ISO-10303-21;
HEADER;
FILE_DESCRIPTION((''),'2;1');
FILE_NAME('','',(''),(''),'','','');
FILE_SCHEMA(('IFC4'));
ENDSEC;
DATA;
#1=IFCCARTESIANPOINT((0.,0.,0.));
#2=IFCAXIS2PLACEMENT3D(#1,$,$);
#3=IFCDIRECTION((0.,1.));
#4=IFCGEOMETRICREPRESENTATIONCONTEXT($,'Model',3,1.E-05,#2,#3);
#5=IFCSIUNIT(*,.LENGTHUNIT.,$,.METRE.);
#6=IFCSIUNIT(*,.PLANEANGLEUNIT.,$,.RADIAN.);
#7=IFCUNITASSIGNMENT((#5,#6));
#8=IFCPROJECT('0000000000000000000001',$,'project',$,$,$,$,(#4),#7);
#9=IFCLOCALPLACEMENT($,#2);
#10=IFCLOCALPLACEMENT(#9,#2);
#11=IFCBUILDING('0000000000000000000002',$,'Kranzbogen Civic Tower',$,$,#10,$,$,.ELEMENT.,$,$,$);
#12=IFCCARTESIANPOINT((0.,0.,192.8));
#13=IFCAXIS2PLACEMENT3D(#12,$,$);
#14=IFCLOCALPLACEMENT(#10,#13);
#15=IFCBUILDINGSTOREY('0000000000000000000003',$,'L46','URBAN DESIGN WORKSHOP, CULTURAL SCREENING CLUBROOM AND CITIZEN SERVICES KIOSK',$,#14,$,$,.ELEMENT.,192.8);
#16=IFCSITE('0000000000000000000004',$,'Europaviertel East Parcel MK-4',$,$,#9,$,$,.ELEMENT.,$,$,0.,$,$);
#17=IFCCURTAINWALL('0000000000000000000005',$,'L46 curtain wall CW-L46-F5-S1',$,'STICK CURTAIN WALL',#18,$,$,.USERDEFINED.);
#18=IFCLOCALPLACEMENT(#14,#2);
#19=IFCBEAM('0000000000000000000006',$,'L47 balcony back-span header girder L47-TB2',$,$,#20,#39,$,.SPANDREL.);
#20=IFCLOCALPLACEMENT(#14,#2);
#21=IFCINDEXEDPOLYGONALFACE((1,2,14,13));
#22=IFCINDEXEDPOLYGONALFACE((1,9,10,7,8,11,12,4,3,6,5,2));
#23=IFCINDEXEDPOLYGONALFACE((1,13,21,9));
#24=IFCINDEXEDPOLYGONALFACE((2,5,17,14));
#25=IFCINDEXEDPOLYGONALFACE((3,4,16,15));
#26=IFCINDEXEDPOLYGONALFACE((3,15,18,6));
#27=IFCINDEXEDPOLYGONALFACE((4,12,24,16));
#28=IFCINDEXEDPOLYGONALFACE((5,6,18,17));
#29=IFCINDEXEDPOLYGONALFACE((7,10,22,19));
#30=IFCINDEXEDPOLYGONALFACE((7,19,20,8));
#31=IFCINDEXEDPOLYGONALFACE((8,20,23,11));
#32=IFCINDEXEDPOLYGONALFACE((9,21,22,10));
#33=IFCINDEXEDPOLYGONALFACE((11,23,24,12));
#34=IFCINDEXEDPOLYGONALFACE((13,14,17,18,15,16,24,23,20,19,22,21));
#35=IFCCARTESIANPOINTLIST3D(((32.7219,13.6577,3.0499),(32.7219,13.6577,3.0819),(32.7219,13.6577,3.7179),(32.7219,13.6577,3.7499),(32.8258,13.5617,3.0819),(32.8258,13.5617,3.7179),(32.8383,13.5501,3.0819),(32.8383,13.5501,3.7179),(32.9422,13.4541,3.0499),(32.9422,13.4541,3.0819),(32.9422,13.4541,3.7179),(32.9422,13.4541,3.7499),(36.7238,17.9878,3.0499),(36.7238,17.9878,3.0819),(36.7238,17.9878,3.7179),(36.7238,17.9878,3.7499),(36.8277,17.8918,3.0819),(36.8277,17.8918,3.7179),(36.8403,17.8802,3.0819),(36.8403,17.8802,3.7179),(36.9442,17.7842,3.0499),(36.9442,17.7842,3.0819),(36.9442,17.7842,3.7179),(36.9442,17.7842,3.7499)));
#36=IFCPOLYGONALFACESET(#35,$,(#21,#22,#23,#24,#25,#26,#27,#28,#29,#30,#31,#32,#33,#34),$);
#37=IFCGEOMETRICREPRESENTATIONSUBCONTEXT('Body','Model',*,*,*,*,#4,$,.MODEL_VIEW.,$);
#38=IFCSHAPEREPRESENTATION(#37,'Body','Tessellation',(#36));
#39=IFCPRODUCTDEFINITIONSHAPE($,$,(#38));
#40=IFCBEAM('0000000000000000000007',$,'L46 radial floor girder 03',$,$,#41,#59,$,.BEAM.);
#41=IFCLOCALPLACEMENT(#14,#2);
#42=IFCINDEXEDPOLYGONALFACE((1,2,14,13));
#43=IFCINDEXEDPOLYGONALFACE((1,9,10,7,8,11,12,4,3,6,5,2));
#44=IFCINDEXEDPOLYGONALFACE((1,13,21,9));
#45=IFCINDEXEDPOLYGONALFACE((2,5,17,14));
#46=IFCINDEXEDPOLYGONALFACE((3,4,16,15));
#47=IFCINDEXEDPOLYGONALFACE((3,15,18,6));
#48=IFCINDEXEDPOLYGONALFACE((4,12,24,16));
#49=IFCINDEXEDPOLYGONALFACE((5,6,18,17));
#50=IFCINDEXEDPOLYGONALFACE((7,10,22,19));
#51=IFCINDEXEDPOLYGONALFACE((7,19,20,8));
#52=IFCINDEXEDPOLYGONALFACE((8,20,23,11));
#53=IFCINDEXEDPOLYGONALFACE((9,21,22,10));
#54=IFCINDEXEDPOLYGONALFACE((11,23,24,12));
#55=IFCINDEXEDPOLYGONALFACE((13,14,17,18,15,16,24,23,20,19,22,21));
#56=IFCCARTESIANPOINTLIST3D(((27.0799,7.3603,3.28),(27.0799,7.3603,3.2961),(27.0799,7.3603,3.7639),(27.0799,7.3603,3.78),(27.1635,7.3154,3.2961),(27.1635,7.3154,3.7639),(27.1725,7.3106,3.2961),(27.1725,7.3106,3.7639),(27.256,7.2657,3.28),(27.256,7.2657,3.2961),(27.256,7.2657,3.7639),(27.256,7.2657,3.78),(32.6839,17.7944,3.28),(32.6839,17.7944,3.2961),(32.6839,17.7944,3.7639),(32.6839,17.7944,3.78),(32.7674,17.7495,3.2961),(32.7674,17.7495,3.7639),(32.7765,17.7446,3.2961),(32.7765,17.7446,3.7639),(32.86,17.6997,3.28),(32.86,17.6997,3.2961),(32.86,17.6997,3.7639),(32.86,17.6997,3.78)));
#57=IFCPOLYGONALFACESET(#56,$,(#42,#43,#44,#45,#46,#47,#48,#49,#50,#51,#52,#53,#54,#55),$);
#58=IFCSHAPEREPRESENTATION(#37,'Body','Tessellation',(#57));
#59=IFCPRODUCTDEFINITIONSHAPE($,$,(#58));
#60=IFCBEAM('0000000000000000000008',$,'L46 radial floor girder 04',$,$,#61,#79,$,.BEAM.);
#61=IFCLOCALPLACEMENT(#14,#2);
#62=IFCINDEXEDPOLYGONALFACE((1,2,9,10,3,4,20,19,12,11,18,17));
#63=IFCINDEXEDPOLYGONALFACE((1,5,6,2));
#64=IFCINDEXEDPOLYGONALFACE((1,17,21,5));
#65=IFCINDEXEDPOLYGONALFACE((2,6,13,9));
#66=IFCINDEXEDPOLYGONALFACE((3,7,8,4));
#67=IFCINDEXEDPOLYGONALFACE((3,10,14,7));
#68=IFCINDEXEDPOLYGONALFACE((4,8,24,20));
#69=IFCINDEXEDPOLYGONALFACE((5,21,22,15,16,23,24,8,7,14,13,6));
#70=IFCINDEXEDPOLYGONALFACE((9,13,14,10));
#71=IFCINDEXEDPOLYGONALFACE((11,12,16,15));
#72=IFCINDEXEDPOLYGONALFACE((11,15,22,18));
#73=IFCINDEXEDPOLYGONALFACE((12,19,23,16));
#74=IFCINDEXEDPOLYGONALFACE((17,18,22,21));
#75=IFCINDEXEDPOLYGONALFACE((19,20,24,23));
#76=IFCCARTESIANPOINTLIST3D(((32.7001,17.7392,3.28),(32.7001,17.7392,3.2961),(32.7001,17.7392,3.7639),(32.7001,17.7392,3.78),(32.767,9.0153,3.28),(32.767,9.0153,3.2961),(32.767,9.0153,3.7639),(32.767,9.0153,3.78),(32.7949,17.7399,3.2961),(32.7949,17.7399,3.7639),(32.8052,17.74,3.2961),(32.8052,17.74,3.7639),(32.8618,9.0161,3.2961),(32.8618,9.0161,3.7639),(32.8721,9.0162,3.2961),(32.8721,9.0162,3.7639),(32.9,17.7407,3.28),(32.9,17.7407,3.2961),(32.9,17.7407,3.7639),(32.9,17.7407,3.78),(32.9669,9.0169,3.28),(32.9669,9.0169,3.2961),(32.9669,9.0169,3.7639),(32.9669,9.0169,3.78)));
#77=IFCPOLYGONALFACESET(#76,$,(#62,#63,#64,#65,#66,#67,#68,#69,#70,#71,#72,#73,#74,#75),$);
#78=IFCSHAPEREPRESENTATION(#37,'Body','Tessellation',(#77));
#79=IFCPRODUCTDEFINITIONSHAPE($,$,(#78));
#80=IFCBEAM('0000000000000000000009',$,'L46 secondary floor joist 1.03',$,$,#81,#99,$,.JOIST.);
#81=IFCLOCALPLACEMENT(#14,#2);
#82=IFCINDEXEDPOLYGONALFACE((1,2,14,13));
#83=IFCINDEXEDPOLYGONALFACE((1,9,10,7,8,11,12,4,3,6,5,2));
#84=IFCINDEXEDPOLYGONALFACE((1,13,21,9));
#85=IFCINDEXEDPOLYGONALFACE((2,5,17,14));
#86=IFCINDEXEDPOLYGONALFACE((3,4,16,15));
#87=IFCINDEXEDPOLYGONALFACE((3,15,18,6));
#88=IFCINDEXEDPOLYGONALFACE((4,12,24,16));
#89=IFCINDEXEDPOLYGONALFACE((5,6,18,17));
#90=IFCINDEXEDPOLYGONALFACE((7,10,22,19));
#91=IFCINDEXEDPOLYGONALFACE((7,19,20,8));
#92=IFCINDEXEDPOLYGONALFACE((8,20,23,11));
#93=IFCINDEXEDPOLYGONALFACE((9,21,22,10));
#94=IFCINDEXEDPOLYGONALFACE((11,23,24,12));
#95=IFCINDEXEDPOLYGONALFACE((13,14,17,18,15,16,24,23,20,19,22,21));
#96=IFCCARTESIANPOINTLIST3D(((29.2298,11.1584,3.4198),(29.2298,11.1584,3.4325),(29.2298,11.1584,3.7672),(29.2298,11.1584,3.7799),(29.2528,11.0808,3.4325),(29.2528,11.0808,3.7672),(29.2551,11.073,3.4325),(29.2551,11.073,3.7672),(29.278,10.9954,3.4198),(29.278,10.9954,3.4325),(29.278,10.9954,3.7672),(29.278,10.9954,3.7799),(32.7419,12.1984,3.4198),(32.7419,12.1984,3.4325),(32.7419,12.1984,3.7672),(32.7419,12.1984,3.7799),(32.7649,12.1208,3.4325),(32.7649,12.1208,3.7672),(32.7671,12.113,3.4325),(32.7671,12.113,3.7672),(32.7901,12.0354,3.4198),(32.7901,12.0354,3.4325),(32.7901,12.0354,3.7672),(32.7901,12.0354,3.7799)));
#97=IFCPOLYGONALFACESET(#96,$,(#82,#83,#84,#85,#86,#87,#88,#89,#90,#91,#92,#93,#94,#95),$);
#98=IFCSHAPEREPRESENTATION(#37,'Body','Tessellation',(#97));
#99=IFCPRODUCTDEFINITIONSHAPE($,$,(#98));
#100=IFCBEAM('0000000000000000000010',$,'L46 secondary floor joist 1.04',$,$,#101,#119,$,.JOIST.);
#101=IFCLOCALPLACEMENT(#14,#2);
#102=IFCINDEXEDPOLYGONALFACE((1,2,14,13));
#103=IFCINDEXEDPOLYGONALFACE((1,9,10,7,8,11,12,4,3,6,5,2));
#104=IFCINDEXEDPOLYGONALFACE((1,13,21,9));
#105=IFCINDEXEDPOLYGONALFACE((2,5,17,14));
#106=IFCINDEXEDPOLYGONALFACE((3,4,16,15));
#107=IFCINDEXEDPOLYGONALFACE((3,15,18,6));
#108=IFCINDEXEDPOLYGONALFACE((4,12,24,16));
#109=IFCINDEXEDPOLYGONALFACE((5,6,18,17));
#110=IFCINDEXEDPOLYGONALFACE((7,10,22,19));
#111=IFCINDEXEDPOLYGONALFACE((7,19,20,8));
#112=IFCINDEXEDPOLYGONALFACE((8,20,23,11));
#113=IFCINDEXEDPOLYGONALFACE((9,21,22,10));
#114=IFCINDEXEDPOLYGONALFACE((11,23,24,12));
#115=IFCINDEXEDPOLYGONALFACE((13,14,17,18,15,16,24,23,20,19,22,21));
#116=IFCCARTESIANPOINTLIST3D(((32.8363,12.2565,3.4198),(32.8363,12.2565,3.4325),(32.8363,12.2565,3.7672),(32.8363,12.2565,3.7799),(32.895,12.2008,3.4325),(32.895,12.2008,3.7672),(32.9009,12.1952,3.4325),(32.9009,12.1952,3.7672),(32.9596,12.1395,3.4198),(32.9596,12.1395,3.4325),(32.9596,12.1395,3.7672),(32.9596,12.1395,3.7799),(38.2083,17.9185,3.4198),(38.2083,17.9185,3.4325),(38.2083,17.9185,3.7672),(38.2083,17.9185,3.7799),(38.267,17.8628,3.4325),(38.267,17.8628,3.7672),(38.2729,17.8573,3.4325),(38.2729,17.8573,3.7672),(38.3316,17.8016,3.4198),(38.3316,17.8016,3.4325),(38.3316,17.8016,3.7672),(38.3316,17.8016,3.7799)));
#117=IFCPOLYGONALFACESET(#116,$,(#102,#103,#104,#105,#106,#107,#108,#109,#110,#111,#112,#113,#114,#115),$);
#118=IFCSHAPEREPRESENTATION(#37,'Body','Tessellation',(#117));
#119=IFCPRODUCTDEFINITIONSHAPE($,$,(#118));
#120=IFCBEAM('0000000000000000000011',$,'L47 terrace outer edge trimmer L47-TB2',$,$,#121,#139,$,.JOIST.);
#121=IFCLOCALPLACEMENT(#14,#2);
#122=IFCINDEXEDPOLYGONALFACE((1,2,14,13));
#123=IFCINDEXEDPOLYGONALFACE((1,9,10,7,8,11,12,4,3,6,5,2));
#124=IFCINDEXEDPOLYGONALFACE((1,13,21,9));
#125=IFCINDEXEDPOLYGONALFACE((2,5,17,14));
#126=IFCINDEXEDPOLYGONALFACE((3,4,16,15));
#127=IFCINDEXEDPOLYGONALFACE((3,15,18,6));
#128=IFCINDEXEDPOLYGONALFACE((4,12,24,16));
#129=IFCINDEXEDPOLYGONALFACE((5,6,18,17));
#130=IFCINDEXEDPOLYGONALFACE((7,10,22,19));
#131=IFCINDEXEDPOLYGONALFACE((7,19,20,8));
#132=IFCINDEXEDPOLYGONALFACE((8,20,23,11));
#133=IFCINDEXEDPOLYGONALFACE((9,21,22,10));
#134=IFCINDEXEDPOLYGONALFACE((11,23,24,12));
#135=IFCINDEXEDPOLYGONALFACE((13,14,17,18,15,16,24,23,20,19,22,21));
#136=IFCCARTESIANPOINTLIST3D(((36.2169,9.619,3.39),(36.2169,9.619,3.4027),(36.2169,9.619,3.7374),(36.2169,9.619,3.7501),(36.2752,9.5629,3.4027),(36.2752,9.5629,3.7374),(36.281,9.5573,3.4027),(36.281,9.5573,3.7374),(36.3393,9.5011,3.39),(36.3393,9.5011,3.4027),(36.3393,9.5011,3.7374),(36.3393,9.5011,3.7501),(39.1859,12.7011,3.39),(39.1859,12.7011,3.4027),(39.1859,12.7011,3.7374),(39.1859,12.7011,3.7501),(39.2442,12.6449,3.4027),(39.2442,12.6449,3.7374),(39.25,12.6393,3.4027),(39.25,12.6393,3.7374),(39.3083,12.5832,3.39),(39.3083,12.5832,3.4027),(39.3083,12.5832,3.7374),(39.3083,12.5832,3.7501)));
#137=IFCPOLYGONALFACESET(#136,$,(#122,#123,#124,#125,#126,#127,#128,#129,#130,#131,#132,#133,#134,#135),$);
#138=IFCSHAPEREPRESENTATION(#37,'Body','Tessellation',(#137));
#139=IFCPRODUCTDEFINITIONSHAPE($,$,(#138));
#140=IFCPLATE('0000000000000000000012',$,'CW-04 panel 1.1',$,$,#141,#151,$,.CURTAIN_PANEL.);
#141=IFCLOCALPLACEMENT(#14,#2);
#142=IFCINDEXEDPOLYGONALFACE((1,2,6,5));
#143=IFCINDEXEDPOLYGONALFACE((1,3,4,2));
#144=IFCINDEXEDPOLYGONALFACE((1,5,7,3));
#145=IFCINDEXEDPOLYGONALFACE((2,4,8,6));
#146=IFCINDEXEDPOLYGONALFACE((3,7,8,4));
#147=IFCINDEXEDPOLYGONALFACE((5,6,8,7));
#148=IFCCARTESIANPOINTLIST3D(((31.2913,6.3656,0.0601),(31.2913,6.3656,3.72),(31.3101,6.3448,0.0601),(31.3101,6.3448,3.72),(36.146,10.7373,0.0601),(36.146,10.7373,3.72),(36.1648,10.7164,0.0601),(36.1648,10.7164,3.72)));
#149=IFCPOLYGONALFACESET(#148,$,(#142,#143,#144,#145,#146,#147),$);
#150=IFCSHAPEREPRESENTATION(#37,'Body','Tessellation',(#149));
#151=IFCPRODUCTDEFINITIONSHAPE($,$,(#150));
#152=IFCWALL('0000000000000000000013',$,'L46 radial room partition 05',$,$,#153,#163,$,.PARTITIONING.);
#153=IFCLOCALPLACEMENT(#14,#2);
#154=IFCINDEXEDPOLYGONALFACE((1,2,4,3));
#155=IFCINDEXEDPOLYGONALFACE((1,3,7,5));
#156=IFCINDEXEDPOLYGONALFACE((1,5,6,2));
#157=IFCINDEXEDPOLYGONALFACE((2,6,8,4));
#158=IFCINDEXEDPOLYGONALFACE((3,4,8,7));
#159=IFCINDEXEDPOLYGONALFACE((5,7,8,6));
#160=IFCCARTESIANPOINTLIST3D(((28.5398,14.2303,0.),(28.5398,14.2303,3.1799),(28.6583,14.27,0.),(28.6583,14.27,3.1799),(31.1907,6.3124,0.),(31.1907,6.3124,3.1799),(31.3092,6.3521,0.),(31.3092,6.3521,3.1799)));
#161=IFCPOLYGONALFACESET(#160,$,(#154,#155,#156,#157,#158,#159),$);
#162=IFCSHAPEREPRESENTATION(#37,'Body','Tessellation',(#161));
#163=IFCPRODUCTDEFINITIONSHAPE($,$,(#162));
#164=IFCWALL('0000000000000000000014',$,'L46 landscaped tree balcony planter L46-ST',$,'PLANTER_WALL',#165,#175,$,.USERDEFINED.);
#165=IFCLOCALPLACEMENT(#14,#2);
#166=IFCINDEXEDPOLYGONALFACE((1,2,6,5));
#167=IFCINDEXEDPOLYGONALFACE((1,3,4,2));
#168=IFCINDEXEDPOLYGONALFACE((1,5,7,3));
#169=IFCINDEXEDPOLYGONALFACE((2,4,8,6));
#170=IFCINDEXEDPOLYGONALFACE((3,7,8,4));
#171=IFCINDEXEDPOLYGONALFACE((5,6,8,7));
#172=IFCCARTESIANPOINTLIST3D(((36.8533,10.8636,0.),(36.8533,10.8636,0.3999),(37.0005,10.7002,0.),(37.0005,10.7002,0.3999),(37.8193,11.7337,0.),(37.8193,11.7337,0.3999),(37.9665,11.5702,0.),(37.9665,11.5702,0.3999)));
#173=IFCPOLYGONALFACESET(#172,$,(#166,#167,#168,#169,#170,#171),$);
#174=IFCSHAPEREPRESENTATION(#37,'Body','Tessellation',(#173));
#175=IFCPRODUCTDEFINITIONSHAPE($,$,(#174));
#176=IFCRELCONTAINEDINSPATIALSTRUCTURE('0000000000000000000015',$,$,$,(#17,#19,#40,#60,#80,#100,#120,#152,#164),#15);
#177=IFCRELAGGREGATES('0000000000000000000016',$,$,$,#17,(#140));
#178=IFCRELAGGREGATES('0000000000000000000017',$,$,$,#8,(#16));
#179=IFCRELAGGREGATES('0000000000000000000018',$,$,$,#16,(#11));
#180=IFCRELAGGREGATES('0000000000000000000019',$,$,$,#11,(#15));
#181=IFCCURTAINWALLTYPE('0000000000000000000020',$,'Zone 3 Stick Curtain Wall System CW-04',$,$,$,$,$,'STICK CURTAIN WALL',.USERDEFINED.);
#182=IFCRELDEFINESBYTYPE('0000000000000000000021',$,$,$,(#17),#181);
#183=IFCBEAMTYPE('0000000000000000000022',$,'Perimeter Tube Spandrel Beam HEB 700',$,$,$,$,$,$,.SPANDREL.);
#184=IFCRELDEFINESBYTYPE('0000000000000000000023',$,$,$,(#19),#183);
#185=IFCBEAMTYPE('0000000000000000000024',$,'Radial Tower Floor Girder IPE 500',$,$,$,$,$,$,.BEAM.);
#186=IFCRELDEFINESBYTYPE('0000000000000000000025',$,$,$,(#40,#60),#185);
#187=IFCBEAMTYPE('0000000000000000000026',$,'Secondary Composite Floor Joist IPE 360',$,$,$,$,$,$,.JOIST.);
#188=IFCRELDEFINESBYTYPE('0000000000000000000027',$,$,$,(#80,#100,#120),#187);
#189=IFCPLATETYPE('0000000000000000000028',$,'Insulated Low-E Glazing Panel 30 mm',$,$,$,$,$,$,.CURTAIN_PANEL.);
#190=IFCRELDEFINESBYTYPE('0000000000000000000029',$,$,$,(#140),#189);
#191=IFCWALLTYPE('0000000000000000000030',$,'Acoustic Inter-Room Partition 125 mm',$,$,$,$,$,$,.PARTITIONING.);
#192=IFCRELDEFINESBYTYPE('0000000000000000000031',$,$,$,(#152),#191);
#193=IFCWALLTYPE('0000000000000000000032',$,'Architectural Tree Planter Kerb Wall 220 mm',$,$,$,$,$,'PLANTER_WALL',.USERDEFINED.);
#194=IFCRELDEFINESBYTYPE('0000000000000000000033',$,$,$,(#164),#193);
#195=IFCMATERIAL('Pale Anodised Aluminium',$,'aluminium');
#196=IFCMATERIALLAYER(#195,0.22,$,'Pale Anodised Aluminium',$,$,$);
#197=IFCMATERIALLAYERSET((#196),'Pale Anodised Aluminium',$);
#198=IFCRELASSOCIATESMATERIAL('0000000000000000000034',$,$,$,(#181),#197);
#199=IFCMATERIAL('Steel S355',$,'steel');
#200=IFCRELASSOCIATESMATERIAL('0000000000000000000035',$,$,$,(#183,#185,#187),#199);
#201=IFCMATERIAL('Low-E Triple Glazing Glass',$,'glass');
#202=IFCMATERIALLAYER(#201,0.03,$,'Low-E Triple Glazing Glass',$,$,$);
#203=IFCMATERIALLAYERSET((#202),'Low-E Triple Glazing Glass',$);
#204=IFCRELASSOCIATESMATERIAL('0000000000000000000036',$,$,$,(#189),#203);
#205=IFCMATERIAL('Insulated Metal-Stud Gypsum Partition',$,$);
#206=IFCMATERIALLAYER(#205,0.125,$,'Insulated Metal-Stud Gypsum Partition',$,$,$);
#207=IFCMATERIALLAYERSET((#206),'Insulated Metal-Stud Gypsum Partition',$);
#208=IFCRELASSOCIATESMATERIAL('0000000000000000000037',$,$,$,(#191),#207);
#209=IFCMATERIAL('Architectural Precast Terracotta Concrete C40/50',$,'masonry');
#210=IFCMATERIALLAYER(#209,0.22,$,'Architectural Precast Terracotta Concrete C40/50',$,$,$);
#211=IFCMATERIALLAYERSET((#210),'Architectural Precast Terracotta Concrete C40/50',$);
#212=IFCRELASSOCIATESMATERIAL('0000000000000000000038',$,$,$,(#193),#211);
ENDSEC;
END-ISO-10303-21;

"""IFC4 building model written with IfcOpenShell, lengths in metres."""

from ifc_helpers import new_model, si_unit, direction, frame, frame_2d, origin, origin_2d, place, context, subcontext, project, spatial, rectangle, i_section, extrude, material, layer, layer_set, material_profile, profile_set, type_object, element, aggregate, save


model = new_model("IFC4")

# Units and contexts
model_context = context("Model", 3, precision=1e-05, world=origin(), true_north=direction((0.0, 1.0)))
body_context = subcontext(model_context, "Body", "Model", "MODEL_VIEW")
ifc_project = project(units=[si_unit("LENGTHUNIT", "METRE"), si_unit("PLANEANGLEUNIT", "RADIAN")], contexts=[model_context])

# Site, building, storey
site_placement = place(None, origin())
site = spatial("IfcSite", under=ifc_project, at=site_placement, Name="Europaviertel East Parcel MK-4", CompositionType="ELEMENT", RefElevation=0.0)
building_placement = place(site_placement, origin())
building = spatial("IfcBuilding", under=site, at=building_placement, Name="Kranzbogen Civic Tower", CompositionType="ELEMENT")
storey_placement = place(building_placement, frame((0.0, 0.0, 192.8)))
storey = spatial("IfcBuildingStorey", under=building, at=storey_placement, Name="L46", Description="URBAN DESIGN WORKSHOP, CULTURAL SCREENING CLUBROOM AND CITIZEN SERVICES KIOSK", CompositionType="ELEMENT", Elevation=192.8)

# Shared definitions
ifc_material_1 = material(Name="Steel S355", Category="steel")

# Curtain wall
ifc_material_2 = material(Name="Pale Anodised Aluminium", Category="aluminium")
ifc_layer_1 = layer(ifc_material_2, 0.22, Name="Pale Anodised Aluminium")
ifc_layer_set_1 = layer_set([ifc_layer_1], Name="Pale Anodised Aluminium")
curtain_wall_type = type_object("IfcCurtainWallType", Name="Zone 3 Stick Curtain Wall System CW-04", ElementType="STICK CURTAIN WALL", PredefinedType="USERDEFINED", material=ifc_layer_set_1)
curtain_wall_1_placement = place(storey_placement, origin())
curtain_wall_1 = element("IfcCurtainWall", 1, at=curtain_wall_1_placement, inside=storey, type_object=curtain_wall_type, Name="L46 curtain wall CW-L46-F5-S1", ObjectType="STICK CURTAIN WALL", PredefinedType="USERDEFINED")

# Beams
ifc_material_profile_1 = material_profile(ifc_material_1, i_section(OverallWidth=0.3, OverallDepth=0.7, WebThickness=0.0171, FlangeThickness=0.032, at=origin_2d()), Name="HEB 700")
ifc_profile_set_1 = profile_set([ifc_material_profile_1], Name="Steel S355")
beam_type_1 = type_object("IfcBeamType", Name="Perimeter Tube Spandrel Beam HEB 700", PredefinedType="SPANDREL", material=ifc_profile_set_1)
beam_1_placement = place(storey_placement, frame((32.832, 13.5559, 3.3999), z_axis=(0.678734, 0.734384, 0.0), x_axis=(-0.734384, 0.678734, 0.0)))
element("IfcBeam", 2, at=beam_1_placement, inside=storey, type_object=beam_type_1, Name="L47 balcony back-span header girder L47-TB2", PredefinedType="SPANDREL", context=body_context, shape_type="SweptSolid", body=[
    extrude(i_section(OverallWidth=0.3, OverallDepth=0.7, WebThickness=0.0171, FlangeThickness=0.032, at=origin_2d()), origin(), (0.0, 0.0, 1.0), 5.8962),
])
ifc_material_profile_2 = material_profile(ifc_material_1, i_section(OverallWidth=0.2, OverallDepth=0.5, WebThickness=0.0103, FlangeThickness=0.0161, at=origin_2d()), Name="IPE 500")
ifc_profile_set_2 = profile_set([ifc_material_profile_2], Name="Steel S355")
beam_type_2 = type_object("IfcBeamType", Name="Radial Tower Floor Girder IPE 500", PredefinedType="BEAM", material=ifc_profile_set_2)
beam_2_placement = place(storey_placement, frame((27.168, 7.313, 3.53), z_axis=(0.47316, 0.880976, 0.0), x_axis=(-0.880976, 0.47316, 0.0)))
element("IfcBeam", 3, at=beam_2_placement, inside=storey, type_object=beam_type_2, Name="L46 radial floor girder 03", PredefinedType="BEAM", context=body_context, shape_type="SweptSolid", body=[
    extrude(i_section(OverallWidth=0.2, OverallDepth=0.5, WebThickness=0.0103, FlangeThickness=0.0161, at=origin_2d()), origin(), (0.0, 0.0, 1.0), 11.8438),
])
beam_3_placement = place(storey_placement, frame((32.8669, 9.0161, 3.53), z_axis=(-0.007668, 0.999971, 0.0), x_axis=(-0.999971, -0.007668, 0.0)))
element("IfcBeam", 4, at=beam_3_placement, inside=storey, type_object=beam_type_2, Name="L46 radial floor girder 04", PredefinedType="BEAM", context=body_context, shape_type="SweptSolid", body=[
    extrude(i_section(OverallWidth=0.2, OverallDepth=0.5, WebThickness=0.0103, FlangeThickness=0.0161, at=origin_2d()), origin(), (0.0, 0.0, 1.0), 8.7241),
])
ifc_material_profile_3 = material_profile(ifc_material_1, i_section(OverallWidth=0.1699, OverallDepth=0.3601, WebThickness=0.0081, FlangeThickness=0.0127, at=origin_2d()), Name="IPE 360")
ifc_profile_set_3 = profile_set([ifc_material_profile_3], Name="Steel S355")
beam_type_3 = type_object("IfcBeamType", Name="Secondary Composite Floor Joist IPE 360", PredefinedType="JOIST", material=ifc_profile_set_3)
beam_4_placement = place(storey_placement, frame((29.2539, 11.0769, 3.5999), z_axis=(0.958844, 0.283934, 0.0), x_axis=(-0.283934, 0.958844, 0.0)))
element("IfcBeam", 5, at=beam_4_placement, inside=storey, type_object=beam_type_3, Name="L46 secondary floor joist 1.03", PredefinedType="JOIST", context=body_context, shape_type="SweptSolid", body=[
    extrude(i_section(OverallWidth=0.1699, OverallDepth=0.3601, WebThickness=0.0081, FlangeThickness=0.0127, at=origin_2d()), origin(), (0.0, 0.0, 1.0), 3.6628),
])
beam_5_placement = place(storey_placement, frame((32.8979, 12.198, 3.5999), z_axis=(0.688282, 0.725443, 0.0), x_axis=(-0.725443, 0.688282, 0.0)))
element("IfcBeam", 6, at=beam_5_placement, inside=storey, type_object=beam_type_3, Name="L46 secondary floor joist 1.04", PredefinedType="JOIST", context=body_context, shape_type="SweptSolid", body=[
    extrude(i_section(OverallWidth=0.1699, OverallDepth=0.3601, WebThickness=0.0081, FlangeThickness=0.0127, at=origin_2d()), origin(), (0.0, 0.0, 1.0), 7.8049),
])
beam_6_placement = place(storey_placement, frame((36.2781, 9.5601, 3.5701), z_axis=(0.693777, 0.72019, 0.0), x_axis=(-0.72019, 0.693777, 0.0)))
element("IfcBeam", 7, at=beam_6_placement, inside=storey, type_object=beam_type_3, Name="L47 terrace outer edge trimmer L47-TB2", PredefinedType="JOIST", context=body_context, shape_type="SweptSolid", body=[
    extrude(i_section(OverallWidth=0.1699, OverallDepth=0.3601, WebThickness=0.0081, FlangeThickness=0.0127, at=origin_2d()), origin(), (0.0, 0.0, 1.0), 4.2795),
])

# Plate
ifc_material_3 = material(Name="Low-E Triple Glazing Glass", Category="glass")
ifc_layer_2 = layer(ifc_material_3, 0.03, Name="Low-E Triple Glazing Glass")
ifc_layer_set_2 = layer_set([ifc_layer_2], Name="Low-E Triple Glazing Glass")
plate_type = type_object("IfcPlateType", Name="Insulated Low-E Glazing Panel 30 mm", PredefinedType="CURTAIN_PANEL", material=ifc_layer_set_2)
plate_placement = place(storey_placement, frame((33.728, 8.541, 0.0601), z_axis=(0.0, 0.0, 1.0), x_axis=(0.743115, 0.669164, 0.0)))
plate = element("IfcPlate", 8, at=plate_placement, type_object=plate_type, Name="CW-04 panel 1.1", PredefinedType="CURTAIN_PANEL", context=body_context, shape_type="SweptSolid", body=[
    extrude(rectangle(XDim=6.533, YDim=0.0281, at=origin_2d()), origin(), (0.0, 0.0, 1.0), 3.6599),
])
aggregate(curtain_wall_1, [plate])

# Walls
ifc_material_4 = material(Name="Insulated Metal-Stud Gypsum Partition")
ifc_layer_3 = layer(ifc_material_4, 0.125, Name="Insulated Metal-Stud Gypsum Partition")
ifc_layer_set_3 = layer_set([ifc_layer_3], Name="Insulated Metal-Stud Gypsum Partition")
wall_type_1 = type_object("IfcWallType", Name="Acoustic Inter-Room Partition 125 mm", PredefinedType="PARTITIONING", material=ifc_layer_set_3)
wall_1_placement = place(storey_placement, frame((28.5991, 14.25, 0.0), z_axis=(0.0, 0.0, 1.0), x_axis=(0.317473, -0.948267, 0.0)))
element("IfcWall", 9, at=wall_1_placement, inside=storey, type_object=wall_type_1, Name="L46 radial room partition 05", PredefinedType="PARTITIONING", context=body_context, shape_type="SweptSolid", body=[
    extrude(rectangle(XDim=8.3499, YDim=0.125, at=frame_2d((4.1748, 0.0))), origin(), (0.0, 0.0, 1.0), 3.1799),
])
ifc_material_5 = material(Name="Architectural Precast Terracotta Concrete C40/50", Category="masonry")
ifc_layer_4 = layer(ifc_material_5, 0.22, Name="Architectural Precast Terracotta Concrete C40/50")
ifc_layer_set_4 = layer_set([ifc_layer_4], Name="Architectural Precast Terracotta Concrete C40/50")
wall_type_2 = type_object("IfcWallType", Name="Architectural Tree Planter Kerb Wall 220 mm", ElementType="PLANTER_WALL", PredefinedType="USERDEFINED", material=ifc_layer_set_4)
wall_2_placement = place(storey_placement, frame((36.927, 10.782, 0.0), z_axis=(0.0, 0.0, 1.0), x_axis=(0.743042, 0.669245, 0.0)))
element("IfcWall", 10, at=wall_2_placement, inside=storey, type_object=wall_type_2, Name="L46 landscaped tree balcony planter L46-ST", ObjectType="PLANTER_WALL", PredefinedType="USERDEFINED", context=body_context, shape_type="SweptSolid", body=[
    extrude(rectangle(XDim=1.3, YDim=0.22, at=frame_2d((0.6499, 0.0))), origin(), (0.0, 0.0, 1.0), 0.3999),
])

save(model, "model.ifc")
